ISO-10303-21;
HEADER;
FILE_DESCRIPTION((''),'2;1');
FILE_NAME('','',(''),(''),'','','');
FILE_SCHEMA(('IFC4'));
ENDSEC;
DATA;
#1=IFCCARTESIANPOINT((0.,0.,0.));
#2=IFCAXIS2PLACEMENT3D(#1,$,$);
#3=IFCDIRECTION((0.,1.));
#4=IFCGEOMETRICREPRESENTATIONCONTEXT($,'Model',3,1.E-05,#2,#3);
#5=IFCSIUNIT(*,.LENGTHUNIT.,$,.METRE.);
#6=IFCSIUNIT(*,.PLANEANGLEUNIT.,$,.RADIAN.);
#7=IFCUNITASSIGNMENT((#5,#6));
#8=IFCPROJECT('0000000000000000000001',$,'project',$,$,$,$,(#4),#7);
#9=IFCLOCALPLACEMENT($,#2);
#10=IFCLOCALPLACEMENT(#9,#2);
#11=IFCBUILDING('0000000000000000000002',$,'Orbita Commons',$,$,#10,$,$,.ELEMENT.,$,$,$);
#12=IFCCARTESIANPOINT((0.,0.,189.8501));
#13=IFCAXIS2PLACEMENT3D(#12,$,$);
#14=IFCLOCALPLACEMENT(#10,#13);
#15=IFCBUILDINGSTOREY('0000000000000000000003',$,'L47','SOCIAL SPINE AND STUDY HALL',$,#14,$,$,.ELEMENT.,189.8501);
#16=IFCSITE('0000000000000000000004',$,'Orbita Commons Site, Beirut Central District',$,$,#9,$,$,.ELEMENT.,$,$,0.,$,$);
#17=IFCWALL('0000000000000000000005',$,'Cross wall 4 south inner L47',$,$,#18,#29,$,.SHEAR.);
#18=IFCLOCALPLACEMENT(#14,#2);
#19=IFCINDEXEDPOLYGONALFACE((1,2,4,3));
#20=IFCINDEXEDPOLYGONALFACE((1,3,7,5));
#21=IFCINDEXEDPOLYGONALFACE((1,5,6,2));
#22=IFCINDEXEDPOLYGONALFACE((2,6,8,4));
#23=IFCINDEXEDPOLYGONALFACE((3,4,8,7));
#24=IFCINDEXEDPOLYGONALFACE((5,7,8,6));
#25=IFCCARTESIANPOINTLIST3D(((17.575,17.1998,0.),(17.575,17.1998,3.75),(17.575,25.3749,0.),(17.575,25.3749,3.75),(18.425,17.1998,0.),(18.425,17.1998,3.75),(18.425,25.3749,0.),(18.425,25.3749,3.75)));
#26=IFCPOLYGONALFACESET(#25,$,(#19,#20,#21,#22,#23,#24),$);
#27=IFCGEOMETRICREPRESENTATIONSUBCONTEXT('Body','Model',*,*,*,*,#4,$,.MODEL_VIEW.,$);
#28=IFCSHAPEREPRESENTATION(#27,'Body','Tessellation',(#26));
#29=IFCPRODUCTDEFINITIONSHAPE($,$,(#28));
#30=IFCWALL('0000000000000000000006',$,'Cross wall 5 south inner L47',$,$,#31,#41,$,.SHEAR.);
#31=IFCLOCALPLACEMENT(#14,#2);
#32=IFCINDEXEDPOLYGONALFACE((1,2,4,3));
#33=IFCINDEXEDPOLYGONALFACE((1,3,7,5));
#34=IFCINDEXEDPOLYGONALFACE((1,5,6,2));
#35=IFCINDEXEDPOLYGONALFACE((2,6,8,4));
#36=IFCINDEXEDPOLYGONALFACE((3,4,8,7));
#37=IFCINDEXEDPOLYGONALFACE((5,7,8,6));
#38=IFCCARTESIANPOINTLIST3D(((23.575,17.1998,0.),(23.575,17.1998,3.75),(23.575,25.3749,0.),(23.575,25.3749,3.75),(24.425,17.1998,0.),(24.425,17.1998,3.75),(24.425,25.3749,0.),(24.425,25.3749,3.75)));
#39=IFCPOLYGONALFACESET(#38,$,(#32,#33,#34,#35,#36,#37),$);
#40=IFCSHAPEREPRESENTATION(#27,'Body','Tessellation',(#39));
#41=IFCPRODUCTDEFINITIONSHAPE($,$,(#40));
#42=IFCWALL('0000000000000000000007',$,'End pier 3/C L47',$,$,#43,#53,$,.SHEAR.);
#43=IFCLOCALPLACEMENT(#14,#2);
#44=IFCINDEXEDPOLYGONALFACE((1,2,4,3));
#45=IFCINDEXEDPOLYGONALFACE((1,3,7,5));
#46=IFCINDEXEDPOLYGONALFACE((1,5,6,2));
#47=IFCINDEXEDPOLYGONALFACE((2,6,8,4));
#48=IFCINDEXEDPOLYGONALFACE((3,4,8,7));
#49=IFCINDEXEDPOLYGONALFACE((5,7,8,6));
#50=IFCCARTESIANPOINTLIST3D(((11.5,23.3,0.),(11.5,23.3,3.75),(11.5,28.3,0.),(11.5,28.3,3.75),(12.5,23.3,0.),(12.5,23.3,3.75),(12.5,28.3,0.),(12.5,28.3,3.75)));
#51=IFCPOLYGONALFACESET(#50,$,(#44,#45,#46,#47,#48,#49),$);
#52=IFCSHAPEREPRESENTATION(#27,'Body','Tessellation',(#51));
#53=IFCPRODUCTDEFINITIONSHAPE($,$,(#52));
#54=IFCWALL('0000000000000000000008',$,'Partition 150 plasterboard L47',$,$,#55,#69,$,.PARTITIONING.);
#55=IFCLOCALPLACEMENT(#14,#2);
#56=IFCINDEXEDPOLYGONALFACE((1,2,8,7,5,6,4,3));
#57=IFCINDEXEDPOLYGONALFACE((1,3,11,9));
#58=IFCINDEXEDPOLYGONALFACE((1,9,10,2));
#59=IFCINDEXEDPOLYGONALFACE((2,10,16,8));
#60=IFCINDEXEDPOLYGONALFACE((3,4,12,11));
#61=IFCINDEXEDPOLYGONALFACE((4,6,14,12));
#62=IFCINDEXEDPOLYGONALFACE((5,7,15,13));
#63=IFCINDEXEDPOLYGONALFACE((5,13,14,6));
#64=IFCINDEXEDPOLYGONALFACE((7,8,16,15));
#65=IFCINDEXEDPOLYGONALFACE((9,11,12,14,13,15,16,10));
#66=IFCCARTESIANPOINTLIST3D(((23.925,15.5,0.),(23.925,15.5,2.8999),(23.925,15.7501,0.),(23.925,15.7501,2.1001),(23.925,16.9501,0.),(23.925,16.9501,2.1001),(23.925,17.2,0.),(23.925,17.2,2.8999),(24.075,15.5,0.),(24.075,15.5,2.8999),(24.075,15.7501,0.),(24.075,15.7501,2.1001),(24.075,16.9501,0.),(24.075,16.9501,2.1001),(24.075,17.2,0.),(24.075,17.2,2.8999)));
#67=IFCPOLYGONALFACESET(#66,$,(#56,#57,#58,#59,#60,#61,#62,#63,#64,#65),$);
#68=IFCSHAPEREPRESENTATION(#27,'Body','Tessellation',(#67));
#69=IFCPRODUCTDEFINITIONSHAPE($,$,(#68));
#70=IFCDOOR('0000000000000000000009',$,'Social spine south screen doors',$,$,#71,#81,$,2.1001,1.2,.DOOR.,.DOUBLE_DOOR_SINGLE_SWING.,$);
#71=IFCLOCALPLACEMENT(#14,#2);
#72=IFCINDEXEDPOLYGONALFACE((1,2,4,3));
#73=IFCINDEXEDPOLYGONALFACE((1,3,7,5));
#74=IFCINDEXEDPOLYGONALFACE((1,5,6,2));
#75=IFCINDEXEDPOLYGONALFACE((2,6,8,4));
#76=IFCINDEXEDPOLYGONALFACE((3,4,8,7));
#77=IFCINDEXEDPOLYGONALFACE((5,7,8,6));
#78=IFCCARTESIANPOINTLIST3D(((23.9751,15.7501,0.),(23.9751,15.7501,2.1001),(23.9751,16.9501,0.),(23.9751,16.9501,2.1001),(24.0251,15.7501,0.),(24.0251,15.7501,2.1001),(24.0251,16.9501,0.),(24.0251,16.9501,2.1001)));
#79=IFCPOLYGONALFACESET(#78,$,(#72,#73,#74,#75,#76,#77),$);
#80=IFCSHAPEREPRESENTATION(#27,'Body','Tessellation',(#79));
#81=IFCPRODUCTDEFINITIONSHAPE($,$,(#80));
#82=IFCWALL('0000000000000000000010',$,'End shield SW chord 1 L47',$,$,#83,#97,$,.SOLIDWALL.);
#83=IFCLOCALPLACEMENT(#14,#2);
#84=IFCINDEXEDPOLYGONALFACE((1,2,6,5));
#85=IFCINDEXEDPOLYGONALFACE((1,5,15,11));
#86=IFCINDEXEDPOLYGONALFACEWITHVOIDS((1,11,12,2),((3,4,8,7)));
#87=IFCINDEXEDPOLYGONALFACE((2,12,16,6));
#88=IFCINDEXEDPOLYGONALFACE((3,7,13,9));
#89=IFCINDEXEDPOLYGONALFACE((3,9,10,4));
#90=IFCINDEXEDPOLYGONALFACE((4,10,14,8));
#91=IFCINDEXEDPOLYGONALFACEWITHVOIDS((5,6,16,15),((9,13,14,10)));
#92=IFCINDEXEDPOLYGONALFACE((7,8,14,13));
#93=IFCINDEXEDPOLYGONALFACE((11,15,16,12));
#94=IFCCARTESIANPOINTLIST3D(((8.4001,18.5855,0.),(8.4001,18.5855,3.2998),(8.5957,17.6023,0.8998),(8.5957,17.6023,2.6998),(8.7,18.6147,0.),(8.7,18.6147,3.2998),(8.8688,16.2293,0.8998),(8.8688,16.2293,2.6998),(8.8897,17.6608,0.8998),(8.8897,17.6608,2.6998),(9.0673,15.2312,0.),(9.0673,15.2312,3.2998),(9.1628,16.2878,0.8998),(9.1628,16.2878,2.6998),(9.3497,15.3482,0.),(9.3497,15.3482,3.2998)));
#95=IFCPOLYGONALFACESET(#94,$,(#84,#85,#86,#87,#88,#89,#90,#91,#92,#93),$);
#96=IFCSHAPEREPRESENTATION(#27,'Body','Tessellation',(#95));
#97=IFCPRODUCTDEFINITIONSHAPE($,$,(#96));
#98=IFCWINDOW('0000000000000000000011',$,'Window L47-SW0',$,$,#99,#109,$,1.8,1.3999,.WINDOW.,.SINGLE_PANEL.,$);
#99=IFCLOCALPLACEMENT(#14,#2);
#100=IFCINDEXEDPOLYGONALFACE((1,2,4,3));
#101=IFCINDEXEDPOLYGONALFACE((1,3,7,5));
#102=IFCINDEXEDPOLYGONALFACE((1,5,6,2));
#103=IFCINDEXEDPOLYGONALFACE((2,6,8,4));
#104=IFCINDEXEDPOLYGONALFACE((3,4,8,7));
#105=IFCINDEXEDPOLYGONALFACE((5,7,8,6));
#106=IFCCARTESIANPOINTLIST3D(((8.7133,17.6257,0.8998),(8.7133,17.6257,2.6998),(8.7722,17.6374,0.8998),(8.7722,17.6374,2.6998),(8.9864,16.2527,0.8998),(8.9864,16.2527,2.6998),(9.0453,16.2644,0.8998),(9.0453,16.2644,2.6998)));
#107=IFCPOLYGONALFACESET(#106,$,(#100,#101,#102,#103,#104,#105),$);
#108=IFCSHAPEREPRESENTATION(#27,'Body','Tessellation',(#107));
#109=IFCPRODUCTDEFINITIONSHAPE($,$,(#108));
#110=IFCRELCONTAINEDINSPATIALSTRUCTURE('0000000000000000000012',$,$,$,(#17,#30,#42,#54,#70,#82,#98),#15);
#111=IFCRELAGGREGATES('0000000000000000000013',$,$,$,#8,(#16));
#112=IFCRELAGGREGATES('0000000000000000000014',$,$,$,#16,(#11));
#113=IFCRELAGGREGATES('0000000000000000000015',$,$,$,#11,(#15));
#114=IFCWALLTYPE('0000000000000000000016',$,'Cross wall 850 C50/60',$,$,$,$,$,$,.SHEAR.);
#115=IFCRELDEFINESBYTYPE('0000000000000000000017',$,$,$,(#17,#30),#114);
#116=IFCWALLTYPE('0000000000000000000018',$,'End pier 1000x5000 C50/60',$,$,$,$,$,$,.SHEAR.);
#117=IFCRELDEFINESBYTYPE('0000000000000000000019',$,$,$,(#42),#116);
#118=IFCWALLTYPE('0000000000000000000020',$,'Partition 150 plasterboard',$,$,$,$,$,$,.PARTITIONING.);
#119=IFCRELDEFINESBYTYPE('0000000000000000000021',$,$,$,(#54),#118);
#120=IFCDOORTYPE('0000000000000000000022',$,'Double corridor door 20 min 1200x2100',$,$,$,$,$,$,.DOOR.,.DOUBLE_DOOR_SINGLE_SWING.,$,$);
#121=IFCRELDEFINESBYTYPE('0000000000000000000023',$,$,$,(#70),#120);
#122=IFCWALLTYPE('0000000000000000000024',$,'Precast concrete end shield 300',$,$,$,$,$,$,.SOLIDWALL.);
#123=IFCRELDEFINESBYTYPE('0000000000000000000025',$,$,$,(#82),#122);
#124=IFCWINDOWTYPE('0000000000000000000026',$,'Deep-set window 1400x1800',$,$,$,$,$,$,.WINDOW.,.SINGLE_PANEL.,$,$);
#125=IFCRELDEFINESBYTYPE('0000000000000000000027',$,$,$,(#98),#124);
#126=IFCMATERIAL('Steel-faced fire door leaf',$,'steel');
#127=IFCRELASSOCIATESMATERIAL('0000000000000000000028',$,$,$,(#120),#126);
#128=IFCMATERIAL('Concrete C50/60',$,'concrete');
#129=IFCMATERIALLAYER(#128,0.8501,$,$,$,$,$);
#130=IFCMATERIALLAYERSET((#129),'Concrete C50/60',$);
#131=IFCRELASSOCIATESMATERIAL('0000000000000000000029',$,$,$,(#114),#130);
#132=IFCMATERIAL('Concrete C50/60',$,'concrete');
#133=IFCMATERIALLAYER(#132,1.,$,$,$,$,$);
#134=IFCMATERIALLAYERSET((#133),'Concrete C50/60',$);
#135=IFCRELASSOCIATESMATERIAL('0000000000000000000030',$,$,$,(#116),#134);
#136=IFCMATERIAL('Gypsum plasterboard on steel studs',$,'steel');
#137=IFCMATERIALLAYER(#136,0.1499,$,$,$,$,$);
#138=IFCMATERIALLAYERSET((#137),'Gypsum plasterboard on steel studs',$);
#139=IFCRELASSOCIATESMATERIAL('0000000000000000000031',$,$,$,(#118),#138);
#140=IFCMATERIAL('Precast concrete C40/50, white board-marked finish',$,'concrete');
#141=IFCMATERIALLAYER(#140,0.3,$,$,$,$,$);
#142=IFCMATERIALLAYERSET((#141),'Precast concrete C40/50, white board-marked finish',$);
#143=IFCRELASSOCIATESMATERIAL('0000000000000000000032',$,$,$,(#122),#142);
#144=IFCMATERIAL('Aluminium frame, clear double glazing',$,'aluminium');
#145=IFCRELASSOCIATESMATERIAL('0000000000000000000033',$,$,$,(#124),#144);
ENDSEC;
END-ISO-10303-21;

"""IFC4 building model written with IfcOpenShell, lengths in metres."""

from ifc_helpers import new_model, si_unit, direction, frame, frame_2d, origin, place, context, subcontext, project, spatial, polyline, rectangle, outline, extrude, material, layer, layer_set, type_object, element, fill, save


model = new_model("IFC4")

# Units and contexts
model_context = context("Model", 3, precision=1e-05, world=origin(), true_north=direction((0.0, 1.0)))
body_context = subcontext(model_context, "Body", "Model", "MODEL_VIEW")
ifc_project = project(units=[si_unit("LENGTHUNIT", "METRE"), si_unit("PLANEANGLEUNIT", "RADIAN")], contexts=[model_context])

# Site, building, storey
site_placement = place(None, origin())
site = spatial("IfcSite", under=ifc_project, at=site_placement, Name="Orbita Commons Site, Beirut Central District", CompositionType="ELEMENT", RefElevation=0.0)
building_placement = place(site_placement, origin())
building = spatial("IfcBuilding", under=site, at=building_placement, Name="Orbita Commons", CompositionType="ELEMENT")
storey_placement = place(building_placement, frame((0.0, 0.0, 189.8501)))
storey = spatial("IfcBuildingStorey", under=building, at=storey_placement, Name="L47", Description="SOCIAL SPINE AND STUDY HALL", CompositionType="ELEMENT", Elevation=189.8501)

# Shared definitions
ifc_material_1 = material(Name="Steel-faced fire door leaf", Category="steel")
door_type_1 = type_object("IfcDoorType", Name="Double corridor door 20 min 1200x2100", OperationType="DOUBLE_DOOR_SINGLE_SWING", PredefinedType="DOOR", material=ifc_material_1)

# Walls
ifc_material_2 = material(Name="Concrete C50/60", Category="concrete")
ifc_layer_1 = layer(ifc_material_2, 0.8501)
ifc_layer_set_1 = layer_set([ifc_layer_1], Name="Concrete C50/60")
wall_type_1 = type_object("IfcWallType", Name="Cross wall 850 C50/60", PredefinedType="SHEAR", material=ifc_layer_set_1)
for number, where, z_axis, x_axis, name in (
    (1, (18.0, 17.2, 0.0), (0.0, 0.0, 1.0), (0.0, 1.0, 0.0), "Cross wall 4 south inner L47"),
    (2, (24.0, 17.2, 0.0), (0.0, 0.0, 1.0), (0.0, 1.0, 0.0), "Cross wall 5 south inner L47"),
):
    element("IfcWall", number, at=place(storey_placement, frame(where, z_axis=z_axis, x_axis=x_axis)), inside=storey, type_object=wall_type_1, Name=name, PredefinedType="SHEAR", context=body_context, shape_type="SweptSolid", body=[
        extrude(rectangle(XDim=8.175, YDim=0.8501, at=frame_2d((4.0874, 0.0))), origin(), (0.0, 0.0, 1.0), 3.75),
    ])
ifc_material_3 = material(Name="Concrete C50/60", Category="concrete")
ifc_layer_2 = layer(ifc_material_3, 1.0)
ifc_layer_set_2 = layer_set([ifc_layer_2], Name="Concrete C50/60")
wall_type_2 = type_object("IfcWallType", Name="End pier 1000x5000 C50/60", PredefinedType="SHEAR", material=ifc_layer_set_2)
wall_1_placement = place(storey_placement, frame((12.0, 23.3, 0.0), z_axis=(0.0, 0.0, 1.0), x_axis=(0.0, 1.0, 0.0)))
element("IfcWall", 3, at=wall_1_placement, inside=storey, type_object=wall_type_2, Name="End pier 3/C L47", PredefinedType="SHEAR", context=body_context, shape_type="SweptSolid", body=[
    extrude(rectangle(XDim=5.0, YDim=1.0, at=frame_2d((2.5, 0.0))), origin(), (0.0, 0.0, 1.0), 3.75),
])

# Wall, opening, door
ifc_material_4 = material(Name="Gypsum plasterboard on steel studs", Category="steel")
ifc_layer_3 = layer(ifc_material_4, 0.1499)
ifc_layer_set_3 = layer_set([ifc_layer_3], Name="Gypsum plasterboard on steel studs")
wall_type_3 = type_object("IfcWallType", Name="Partition 150 plasterboard", PredefinedType="PARTITIONING", material=ifc_layer_set_3)
wall_2_placement = place(storey_placement, frame((24.0, 15.5, 0.0), z_axis=(0.0, 0.0, 1.0), x_axis=(0.0, 1.0, 0.0)))
wall_2 = element("IfcWall", 4, at=wall_2_placement, inside=storey, type_object=wall_type_3, Name="Partition 150 plasterboard L47", PredefinedType="PARTITIONING", context=body_context, shape_type="SweptSolid", body=[
    extrude(outline(polyline([(0.0, 0.0), (1.7, 0.0), (1.7, 2.8999), (0.0, 2.8999), (0.0, 0.0)])), frame((0.0, 0.075, 0.0), z_axis=(0.0, -1.0, 0.0), x_axis=(1.0, 0.0, 0.0)), (0.0, 0.0, 1.0), 0.1499),
])
opening_1_placement = place(wall_2_placement, frame((0.25, 0.0, 0.0)))
opening_1 = element("IfcOpeningElement", 5, at=opening_1_placement, cuts=wall_2, PredefinedType="OPENING", context=body_context, shape_type="SweptSolid", body=[
    extrude(rectangle(XDim=1.2, YDim=2.1001, at=frame_2d((0.6001, 1.05))), frame((0.0, 0.085, 0.0), z_axis=(0.0, -1.0, 0.0), x_axis=(1.0, 0.0, 0.0)), (0.0, 0.0, 1.0), 0.1699),
])
door_1_placement = place(opening_1_placement, origin())
door_1 = element("IfcDoor", 6, at=door_1_placement, inside=storey, type_object=door_type_1, Name="Social spine south screen doors", OperationType="DOUBLE_DOOR_SINGLE_SWING", OverallHeight=2.1001, OverallWidth=1.2, PredefinedType="DOOR", context=body_context, shape_type="SweptSolid", body=[
    extrude(rectangle(XDim=1.2, YDim=2.1001, at=frame_2d((0.6001, 1.05))), frame((0.0, 0.0249, 0.0), z_axis=(0.0, -1.0, 0.0), x_axis=(1.0, 0.0, 0.0)), (0.0, 0.0, 1.0), 0.05),
])
fill(opening_1, door_1)

# Wall, opening, window
ifc_material_5 = material(Name="Precast concrete C40/50, white board-marked finish", Category="concrete")
ifc_layer_4 = layer(ifc_material_5, 0.3)
ifc_layer_set_4 = layer_set([ifc_layer_4], Name="Precast concrete C40/50, white board-marked finish")
wall_type_4 = type_object("IfcWallType", Name="Precast concrete end shield 300", PredefinedType="SOLIDWALL", material=ifc_layer_set_4)
wall_3_placement = place(storey_placement, frame((8.55, 18.6001, 0.0), z_axis=(0.0, 0.0, 1.0), x_axis=(0.195087, -0.980786, 0.0)))
wall_3 = element("IfcWall", 7, at=wall_3_placement, inside=storey, type_object=wall_type_4, Name="End shield SW chord 1 L47", PredefinedType="SOLIDWALL", context=body_context, shape_type="SweptSolid", body=[
    extrude(outline(polyline([(-0.0149, -0.1499), (3.405, -0.1499), (3.3455, 0.1499), (0.0149, 0.1499), (-0.0149, -0.1499)])), origin(), (0.0, 0.0, 1.0), 3.2998),
])
opening_2_placement = place(wall_3_placement, frame((0.9875, 0.0, 0.8999)))
opening_2 = element("IfcOpeningElement", 8, at=opening_2_placement, cuts=wall_3, PredefinedType="OPENING", context=body_context, shape_type="SweptSolid", body=[
    extrude(rectangle(XDim=1.3999, YDim=1.8, at=frame_2d((0.7, 0.8999))), frame((0.0, 0.1599, 0.0), z_axis=(0.0, -1.0, 0.0), x_axis=(1.0, 0.0, 0.0)), (0.0, 0.0, 1.0), 0.3201),
])
ifc_material_6 = material(Name="Aluminium frame, clear double glazing", Category="aluminium")
window_type = type_object("IfcWindowType", Name="Deep-set window 1400x1800", PartitioningType="SINGLE_PANEL", PredefinedType="WINDOW", material=ifc_material_6)
window_placement = place(opening_2_placement, origin())
window = element("IfcWindow", 9, at=window_placement, inside=storey, type_object=window_type, Name="Window L47-SW0", OverallHeight=1.8, OverallWidth=1.3999, PartitioningType="SINGLE_PANEL", PredefinedType="WINDOW", context=body_context, shape_type="SweptSolid", body=[
    extrude(rectangle(XDim=1.3999, YDim=1.8, at=frame_2d((0.7, 0.8999))), frame((0.0, 0.03, 0.0), z_axis=(0.0, -1.0, 0.0), x_axis=(1.0, 0.0, 0.0)), (0.0, 0.0, 1.0), 0.0601),
])
fill(opening_2, window)

save(model, "model.ifc")
